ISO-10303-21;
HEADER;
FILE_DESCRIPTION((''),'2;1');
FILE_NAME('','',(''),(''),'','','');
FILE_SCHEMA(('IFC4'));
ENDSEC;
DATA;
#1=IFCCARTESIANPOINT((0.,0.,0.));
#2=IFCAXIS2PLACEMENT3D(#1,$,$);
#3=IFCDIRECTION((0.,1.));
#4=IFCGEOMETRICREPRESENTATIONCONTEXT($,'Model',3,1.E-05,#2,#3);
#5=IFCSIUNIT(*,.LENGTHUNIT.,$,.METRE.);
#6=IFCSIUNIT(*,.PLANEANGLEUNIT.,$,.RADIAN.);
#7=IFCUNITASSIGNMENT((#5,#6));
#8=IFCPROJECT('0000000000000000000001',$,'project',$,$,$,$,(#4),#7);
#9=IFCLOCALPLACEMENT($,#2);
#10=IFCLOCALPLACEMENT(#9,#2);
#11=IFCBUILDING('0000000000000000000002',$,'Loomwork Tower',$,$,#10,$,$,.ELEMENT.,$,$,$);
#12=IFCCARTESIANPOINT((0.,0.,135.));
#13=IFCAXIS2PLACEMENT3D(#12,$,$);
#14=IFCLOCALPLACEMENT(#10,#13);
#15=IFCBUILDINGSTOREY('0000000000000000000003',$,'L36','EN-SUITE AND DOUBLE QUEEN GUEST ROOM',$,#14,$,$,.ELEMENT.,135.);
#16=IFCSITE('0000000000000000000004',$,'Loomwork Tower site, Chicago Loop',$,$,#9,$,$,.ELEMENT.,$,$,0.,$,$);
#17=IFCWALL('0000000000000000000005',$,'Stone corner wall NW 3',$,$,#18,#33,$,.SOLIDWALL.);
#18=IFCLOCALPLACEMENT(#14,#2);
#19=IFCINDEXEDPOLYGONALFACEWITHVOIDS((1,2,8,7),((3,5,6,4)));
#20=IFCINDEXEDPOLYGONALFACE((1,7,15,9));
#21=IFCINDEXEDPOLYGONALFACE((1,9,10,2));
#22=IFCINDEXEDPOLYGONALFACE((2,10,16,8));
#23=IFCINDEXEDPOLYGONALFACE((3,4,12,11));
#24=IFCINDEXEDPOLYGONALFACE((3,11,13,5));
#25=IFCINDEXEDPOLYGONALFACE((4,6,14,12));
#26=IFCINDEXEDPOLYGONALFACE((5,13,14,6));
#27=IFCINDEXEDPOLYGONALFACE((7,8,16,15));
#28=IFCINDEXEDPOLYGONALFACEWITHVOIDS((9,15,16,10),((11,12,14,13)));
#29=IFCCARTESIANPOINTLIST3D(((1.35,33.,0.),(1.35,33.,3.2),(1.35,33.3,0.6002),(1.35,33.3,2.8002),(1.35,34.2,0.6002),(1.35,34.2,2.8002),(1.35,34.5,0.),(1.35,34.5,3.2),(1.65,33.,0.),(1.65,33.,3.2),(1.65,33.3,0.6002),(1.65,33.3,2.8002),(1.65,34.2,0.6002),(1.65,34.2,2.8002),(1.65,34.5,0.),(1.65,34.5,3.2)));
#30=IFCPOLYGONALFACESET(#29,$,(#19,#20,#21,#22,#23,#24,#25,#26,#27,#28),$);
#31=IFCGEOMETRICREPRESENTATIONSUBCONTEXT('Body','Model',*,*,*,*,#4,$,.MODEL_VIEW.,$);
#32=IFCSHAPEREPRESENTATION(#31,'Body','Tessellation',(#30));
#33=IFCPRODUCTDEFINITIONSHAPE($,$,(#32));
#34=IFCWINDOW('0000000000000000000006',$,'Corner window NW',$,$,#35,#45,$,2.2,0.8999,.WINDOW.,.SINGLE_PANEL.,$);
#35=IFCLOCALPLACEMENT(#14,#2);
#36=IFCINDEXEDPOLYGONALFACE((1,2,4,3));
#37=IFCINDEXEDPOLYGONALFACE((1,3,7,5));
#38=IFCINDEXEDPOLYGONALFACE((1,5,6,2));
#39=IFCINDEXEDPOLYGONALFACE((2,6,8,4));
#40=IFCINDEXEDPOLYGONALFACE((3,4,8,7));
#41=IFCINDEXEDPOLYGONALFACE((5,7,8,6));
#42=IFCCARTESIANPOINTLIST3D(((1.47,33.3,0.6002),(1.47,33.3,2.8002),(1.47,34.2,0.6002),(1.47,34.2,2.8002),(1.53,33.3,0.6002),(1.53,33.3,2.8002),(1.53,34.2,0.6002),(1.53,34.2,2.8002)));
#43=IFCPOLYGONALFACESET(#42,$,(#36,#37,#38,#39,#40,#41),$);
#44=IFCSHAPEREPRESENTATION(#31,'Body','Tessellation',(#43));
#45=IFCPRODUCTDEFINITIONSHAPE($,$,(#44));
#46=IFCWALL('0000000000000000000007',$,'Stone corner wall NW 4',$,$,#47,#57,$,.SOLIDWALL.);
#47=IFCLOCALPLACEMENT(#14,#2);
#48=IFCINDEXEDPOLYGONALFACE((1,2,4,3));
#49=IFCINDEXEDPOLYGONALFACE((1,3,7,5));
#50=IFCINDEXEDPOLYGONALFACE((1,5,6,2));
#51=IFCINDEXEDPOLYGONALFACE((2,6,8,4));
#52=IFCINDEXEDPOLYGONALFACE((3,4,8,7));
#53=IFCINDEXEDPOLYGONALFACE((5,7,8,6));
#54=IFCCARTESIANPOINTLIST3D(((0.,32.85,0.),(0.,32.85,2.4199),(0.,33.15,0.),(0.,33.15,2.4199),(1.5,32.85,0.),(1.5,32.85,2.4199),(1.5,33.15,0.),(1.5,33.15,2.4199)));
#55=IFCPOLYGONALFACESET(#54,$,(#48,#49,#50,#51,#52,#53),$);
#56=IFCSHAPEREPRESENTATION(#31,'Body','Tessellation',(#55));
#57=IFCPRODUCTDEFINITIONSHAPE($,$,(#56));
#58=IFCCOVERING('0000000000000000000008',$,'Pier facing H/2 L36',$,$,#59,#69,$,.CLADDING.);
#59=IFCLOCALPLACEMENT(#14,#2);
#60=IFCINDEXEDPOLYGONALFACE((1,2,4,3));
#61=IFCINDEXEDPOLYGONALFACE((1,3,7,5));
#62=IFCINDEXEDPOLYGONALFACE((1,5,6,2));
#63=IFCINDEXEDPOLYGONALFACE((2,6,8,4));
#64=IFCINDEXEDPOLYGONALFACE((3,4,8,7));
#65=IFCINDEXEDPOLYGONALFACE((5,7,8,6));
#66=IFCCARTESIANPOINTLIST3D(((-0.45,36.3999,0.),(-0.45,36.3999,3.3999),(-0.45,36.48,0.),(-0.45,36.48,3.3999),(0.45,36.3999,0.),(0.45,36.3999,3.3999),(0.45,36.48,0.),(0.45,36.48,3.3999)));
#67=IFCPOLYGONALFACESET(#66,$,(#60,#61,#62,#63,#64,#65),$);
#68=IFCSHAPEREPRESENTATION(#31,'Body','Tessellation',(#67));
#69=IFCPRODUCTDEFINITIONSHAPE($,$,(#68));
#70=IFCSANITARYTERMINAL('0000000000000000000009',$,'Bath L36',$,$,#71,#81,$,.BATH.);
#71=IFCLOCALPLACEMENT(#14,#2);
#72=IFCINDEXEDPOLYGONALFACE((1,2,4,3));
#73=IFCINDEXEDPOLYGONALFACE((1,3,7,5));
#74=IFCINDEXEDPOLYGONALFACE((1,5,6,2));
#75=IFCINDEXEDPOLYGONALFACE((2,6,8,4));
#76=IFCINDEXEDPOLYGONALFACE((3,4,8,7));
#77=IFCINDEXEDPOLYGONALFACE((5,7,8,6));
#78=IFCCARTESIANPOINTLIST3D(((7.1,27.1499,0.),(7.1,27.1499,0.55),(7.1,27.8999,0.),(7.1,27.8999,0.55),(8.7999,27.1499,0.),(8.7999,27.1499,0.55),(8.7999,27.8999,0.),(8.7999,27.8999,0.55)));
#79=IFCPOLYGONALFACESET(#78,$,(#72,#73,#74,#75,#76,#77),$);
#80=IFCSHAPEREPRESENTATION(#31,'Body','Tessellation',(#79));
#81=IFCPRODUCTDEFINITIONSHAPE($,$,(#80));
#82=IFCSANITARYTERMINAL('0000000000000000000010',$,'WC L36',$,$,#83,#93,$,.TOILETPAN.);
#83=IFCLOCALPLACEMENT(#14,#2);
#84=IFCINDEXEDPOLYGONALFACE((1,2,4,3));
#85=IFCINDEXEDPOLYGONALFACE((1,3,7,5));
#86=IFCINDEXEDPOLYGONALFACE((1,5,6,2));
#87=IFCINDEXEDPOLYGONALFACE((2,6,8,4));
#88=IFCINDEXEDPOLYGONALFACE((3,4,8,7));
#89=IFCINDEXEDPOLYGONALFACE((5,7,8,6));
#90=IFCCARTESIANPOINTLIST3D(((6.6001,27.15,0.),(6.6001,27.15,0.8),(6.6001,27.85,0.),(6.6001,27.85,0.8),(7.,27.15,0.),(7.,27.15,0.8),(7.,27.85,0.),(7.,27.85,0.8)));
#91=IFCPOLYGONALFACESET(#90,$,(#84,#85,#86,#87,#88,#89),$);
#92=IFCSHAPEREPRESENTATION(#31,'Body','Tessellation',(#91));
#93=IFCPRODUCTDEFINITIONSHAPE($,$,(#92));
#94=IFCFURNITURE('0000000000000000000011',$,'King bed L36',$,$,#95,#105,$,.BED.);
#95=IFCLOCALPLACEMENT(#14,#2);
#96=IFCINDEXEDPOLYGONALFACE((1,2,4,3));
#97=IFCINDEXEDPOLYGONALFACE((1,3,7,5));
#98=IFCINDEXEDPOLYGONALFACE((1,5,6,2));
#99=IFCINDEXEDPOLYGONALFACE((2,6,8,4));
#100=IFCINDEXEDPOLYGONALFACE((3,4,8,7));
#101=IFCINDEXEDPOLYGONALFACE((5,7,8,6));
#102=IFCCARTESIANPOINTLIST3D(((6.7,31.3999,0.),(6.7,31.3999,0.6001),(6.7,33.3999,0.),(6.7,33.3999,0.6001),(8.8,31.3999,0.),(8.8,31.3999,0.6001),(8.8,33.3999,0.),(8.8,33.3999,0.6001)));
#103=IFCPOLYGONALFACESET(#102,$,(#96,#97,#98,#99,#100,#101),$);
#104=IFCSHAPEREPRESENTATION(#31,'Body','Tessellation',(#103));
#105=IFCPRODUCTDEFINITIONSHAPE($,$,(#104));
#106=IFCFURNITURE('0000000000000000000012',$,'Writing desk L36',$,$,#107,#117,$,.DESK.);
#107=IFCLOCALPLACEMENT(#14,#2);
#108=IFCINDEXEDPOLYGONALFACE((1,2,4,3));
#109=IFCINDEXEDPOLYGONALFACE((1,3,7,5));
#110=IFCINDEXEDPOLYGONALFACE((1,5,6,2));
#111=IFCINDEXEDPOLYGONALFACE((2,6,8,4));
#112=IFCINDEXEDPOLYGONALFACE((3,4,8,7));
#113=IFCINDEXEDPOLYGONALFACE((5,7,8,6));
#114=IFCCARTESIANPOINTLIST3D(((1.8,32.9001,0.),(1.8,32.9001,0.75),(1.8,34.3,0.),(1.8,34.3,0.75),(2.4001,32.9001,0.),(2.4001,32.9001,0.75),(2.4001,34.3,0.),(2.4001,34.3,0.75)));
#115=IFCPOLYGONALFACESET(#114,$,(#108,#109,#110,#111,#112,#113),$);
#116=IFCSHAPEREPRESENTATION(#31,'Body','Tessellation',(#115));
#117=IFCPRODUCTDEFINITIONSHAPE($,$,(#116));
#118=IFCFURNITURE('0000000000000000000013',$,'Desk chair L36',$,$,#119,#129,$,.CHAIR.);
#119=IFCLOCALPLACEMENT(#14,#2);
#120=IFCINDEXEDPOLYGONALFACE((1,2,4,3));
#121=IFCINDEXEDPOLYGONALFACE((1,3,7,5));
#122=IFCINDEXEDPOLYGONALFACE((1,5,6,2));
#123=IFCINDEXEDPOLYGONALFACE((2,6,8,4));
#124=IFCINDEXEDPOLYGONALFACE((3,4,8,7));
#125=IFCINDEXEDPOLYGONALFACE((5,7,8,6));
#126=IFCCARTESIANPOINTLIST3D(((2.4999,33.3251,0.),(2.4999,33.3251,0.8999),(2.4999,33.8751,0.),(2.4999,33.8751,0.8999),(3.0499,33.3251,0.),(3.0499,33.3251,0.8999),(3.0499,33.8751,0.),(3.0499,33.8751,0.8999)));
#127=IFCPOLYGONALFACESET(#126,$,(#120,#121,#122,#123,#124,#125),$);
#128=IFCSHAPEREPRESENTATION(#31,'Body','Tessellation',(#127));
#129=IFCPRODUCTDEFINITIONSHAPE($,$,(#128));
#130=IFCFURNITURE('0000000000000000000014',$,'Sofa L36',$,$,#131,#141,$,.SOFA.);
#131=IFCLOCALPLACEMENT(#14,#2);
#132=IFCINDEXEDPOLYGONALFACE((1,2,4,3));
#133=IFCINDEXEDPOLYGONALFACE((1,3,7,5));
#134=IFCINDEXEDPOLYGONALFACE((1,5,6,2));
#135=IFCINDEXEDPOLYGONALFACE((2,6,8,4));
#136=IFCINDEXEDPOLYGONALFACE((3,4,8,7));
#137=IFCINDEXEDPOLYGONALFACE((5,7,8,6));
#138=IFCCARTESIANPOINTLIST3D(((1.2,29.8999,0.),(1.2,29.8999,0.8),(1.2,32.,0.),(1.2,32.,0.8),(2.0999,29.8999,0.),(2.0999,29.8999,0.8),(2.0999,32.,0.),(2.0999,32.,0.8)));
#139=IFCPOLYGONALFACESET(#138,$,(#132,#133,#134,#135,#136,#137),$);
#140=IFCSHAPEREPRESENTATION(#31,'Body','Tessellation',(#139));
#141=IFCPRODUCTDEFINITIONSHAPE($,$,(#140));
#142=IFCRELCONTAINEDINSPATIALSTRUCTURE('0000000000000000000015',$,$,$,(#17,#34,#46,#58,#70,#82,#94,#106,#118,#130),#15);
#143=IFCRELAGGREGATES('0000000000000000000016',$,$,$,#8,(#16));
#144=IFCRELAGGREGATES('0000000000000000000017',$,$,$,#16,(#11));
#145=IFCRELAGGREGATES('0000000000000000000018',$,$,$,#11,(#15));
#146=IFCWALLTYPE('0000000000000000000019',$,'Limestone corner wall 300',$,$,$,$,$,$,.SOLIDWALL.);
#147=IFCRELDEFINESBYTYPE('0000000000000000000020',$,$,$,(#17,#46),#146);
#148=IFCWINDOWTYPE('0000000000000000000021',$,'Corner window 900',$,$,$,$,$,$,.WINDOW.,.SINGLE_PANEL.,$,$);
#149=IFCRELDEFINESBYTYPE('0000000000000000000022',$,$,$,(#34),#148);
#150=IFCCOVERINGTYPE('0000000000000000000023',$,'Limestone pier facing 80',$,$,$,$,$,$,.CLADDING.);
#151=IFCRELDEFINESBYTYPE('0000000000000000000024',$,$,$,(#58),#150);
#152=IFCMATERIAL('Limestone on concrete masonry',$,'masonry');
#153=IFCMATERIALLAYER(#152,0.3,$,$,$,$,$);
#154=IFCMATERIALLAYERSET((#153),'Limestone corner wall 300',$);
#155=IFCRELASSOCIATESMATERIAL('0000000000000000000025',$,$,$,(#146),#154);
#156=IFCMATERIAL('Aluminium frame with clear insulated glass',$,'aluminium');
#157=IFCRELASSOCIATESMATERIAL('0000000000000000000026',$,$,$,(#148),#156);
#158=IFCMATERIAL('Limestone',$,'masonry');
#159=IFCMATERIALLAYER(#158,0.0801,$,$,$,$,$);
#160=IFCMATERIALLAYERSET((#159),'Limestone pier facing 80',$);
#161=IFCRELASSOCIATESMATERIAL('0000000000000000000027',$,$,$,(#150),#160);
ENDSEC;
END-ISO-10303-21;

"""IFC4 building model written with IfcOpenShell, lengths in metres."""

from ifc_helpers import new_model, si_unit, direction, frame, frame_2d, origin, origin_2d, place, context, subcontext, project, spatial, rectangle, extrude, material, layer, layer_set, type_object, element, fill, save


model = new_model("IFC4")

# Units and contexts
model_context = context("Model", 3, precision=1e-05, world=origin(), true_north=direction((0.0, 1.0)))
body_context = subcontext(model_context, "Body", "Model", "MODEL_VIEW")
ifc_project = project(units=[si_unit("LENGTHUNIT", "METRE"), si_unit("PLANEANGLEUNIT", "RADIAN")], contexts=[model_context])

# Site, building, storey
site_placement = place(None, origin())
site = spatial("IfcSite", under=ifc_project, at=site_placement, Name="Loomwork Tower site, Chicago Loop", CompositionType="ELEMENT", RefElevation=0.0)
building_placement = place(site_placement, origin())
building = spatial("IfcBuilding", under=site, at=building_placement, Name="Loomwork Tower", CompositionType="ELEMENT")
storey_placement = place(building_placement, frame((0.0, 0.0, 135.0)))
storey = spatial("IfcBuildingStorey", under=building, at=storey_placement, Name="L36", Description="EN-SUITE AND DOUBLE QUEEN GUEST ROOM", CompositionType="ELEMENT", Elevation=135.0)

# Shared definitions
ifc_material_1 = material(Name="Limestone on concrete masonry", Category="masonry")
ifc_layer_1 = layer(ifc_material_1, 0.3)
ifc_layer_set_1 = layer_set([ifc_layer_1], Name="Limestone corner wall 300")
wall_type_1 = type_object("IfcWallType", Name="Limestone corner wall 300", PredefinedType="SOLIDWALL", material=ifc_layer_set_1)

# Wall, opening, window
ifc_material_2 = material(Name="Aluminium frame with clear insulated glass", Category="aluminium")
window_type_1 = type_object("IfcWindowType", Name="Corner window 900", PartitioningType="SINGLE_PANEL", PredefinedType="WINDOW", material=ifc_material_2)
wall_1_placement = place(storey_placement, frame((1.5, 34.5, 0.0), z_axis=(0.0, 0.0, 1.0), x_axis=(0.0, -1.0, 0.0)))
wall_1 = element("IfcWall", 1, at=wall_1_placement, inside=storey, type_object=wall_type_1, Name="Stone corner wall NW 3", PredefinedType="SOLIDWALL", context=body_context, shape_type="SweptSolid", body=[
    extrude(rectangle(XDim=1.5, YDim=0.3, at=frame_2d((0.75, 0.0))), origin(), (0.0, 0.0, 1.0), 3.2),
])
opening_1_placement = place(wall_1_placement, frame((0.3, 0.0, 0.6001)))
opening_1 = element("IfcOpeningElement", 2, at=opening_1_placement, cuts=wall_1, PredefinedType="OPENING", context=body_context, shape_type="SweptSolid", body=[
    extrude(rectangle(XDim=0.8999, YDim=2.2, at=frame_2d((0.45, 1.1001))), frame((0.0, 0.1599, 0.0), z_axis=(0.0, -1.0, 0.0), x_axis=(1.0, 0.0, 0.0)), (0.0, 0.0, 1.0), 0.3201),
])
window_1_placement = place(opening_1_placement, origin())
window_1 = element("IfcWindow", 3, at=window_1_placement, inside=storey, type_object=window_type_1, Name="Corner window NW", OverallHeight=2.2, OverallWidth=0.8999, PartitioningType="SINGLE_PANEL", PredefinedType="WINDOW", context=body_context, shape_type="SweptSolid", body=[
    extrude(rectangle(XDim=0.8999, YDim=2.2, at=frame_2d((0.45, 1.1001))), frame((0.0, 0.03, 0.0), z_axis=(0.0, -1.0, 0.0), x_axis=(1.0, 0.0, 0.0)), (0.0, 0.0, 1.0), 0.0601),
])
fill(opening_1, window_1)

# Wall
wall_2_placement = place(storey_placement, frame((1.5, 33.0, 0.0), z_axis=(0.0, 0.0, 1.0), x_axis=(-1.0, 0.0, 0.0)))
element("IfcWall", 4, at=wall_2_placement, inside=storey, type_object=wall_type_1, Name="Stone corner wall NW 4", PredefinedType="SOLIDWALL", context=body_context, shape_type="SweptSolid", body=[
    extrude(rectangle(XDim=1.5, YDim=0.3, at=frame_2d((0.75, 0.0))), origin(), (0.0, 0.0, 1.0), 2.4199),
])

# Covering
ifc_material_3 = material(Name="Limestone", Category="masonry")
ifc_layer_2 = layer(ifc_material_3, 0.0801)
ifc_layer_set_2 = layer_set([ifc_layer_2], Name="Limestone pier facing 80")
covering_type = type_object("IfcCoveringType", Name="Limestone pier facing 80", PredefinedType="CLADDING", material=ifc_layer_set_2)
covering_placement = place(storey_placement, frame((0.0, 36.4399, 0.0), z_axis=(0.0, 0.0, 1.0), x_axis=(1.0, 0.0, 0.0)))
element("IfcCovering", 5, at=covering_placement, inside=storey, type_object=covering_type, Name="Pier facing H/2 L36", PredefinedType="CLADDING", context=body_context, shape_type="SweptSolid", body=[
    extrude(rectangle(XDim=0.8999, YDim=0.0801, at=origin_2d()), origin(), (0.0, 0.0, 1.0), 3.3999),
])

# Sanitary terminals
sanitary_terminal_1_placement = place(storey_placement, frame((7.95, 27.5249, 0.0), z_axis=(0.0, 0.0, 1.0), x_axis=(1.0, 0.0, 0.0)))
element("IfcSanitaryTerminal", 6, at=sanitary_terminal_1_placement, inside=storey, Name="Bath L36", PredefinedType="BATH", context=body_context, shape_type="SweptSolid", body=[
    extrude(rectangle(XDim=1.7, YDim=0.75, at=origin_2d()), origin(), (0.0, 0.0, 1.0), 0.55),
])
sanitary_terminal_2_placement = place(storey_placement, frame((6.8, 27.5, 0.0), z_axis=(0.0, 0.0, 1.0), x_axis=(1.0, 0.0, 0.0)))
element("IfcSanitaryTerminal", 7, at=sanitary_terminal_2_placement, inside=storey, Name="WC L36", PredefinedType="TOILETPAN", context=body_context, shape_type="SweptSolid", body=[
    extrude(rectangle(XDim=0.3999, YDim=0.7, at=origin_2d()), origin(), (0.0, 0.0, 1.0), 0.8),
])

# Furniture
furniture_1_placement = place(storey_placement, frame((7.75, 32.3999, 0.0), z_axis=(0.0, 0.0, 1.0), x_axis=(1.0, 0.0, 0.0)))
element("IfcFurniture", 8, at=furniture_1_placement, inside=storey, Name="King bed L36", PredefinedType="BED", context=body_context, shape_type="SweptSolid", body=[
    extrude(rectangle(XDim=2.1001, YDim=2.0, at=origin_2d()), origin(), (0.0, 0.0, 1.0), 0.6001),
])
furniture_2_placement = place(storey_placement, frame((2.1001, 33.6001, 0.0), z_axis=(0.0, 0.0, 1.0), x_axis=(1.0, 0.0, 0.0)))
element("IfcFurniture", 9, at=furniture_2_placement, inside=storey, Name="Writing desk L36", PredefinedType="DESK", context=body_context, shape_type="SweptSolid", body=[
    extrude(rectangle(XDim=0.6001, YDim=1.3999, at=origin_2d()), origin(), (0.0, 0.0, 1.0), 0.75),
])
furniture_3_placement = place(storey_placement, frame((2.7749, 33.6001, 0.0), z_axis=(0.0, 0.0, 1.0), x_axis=(1.0, 0.0, 0.0)))
element("IfcFurniture", 10, at=furniture_3_placement, inside=storey, Name="Desk chair L36", PredefinedType="CHAIR", context=body_context, shape_type="SweptSolid", body=[
    extrude(rectangle(XDim=0.55, YDim=0.55, at=origin_2d()), origin(), (0.0, 0.0, 1.0), 0.8999),
])
furniture_4_placement = place(storey_placement, frame((1.6499, 30.95, 0.0), z_axis=(0.0, 0.0, 1.0), x_axis=(1.0, 0.0, 0.0)))
element("IfcFurniture", 11, at=furniture_4_placement, inside=storey, Name="Sofa L36", PredefinedType="SOFA", context=body_context, shape_type="SweptSolid", body=[
    extrude(rectangle(XDim=0.8999, YDim=2.1001, at=origin_2d()), origin(), (0.0, 0.0, 1.0), 0.8),
])

save(model, "model.ifc")
